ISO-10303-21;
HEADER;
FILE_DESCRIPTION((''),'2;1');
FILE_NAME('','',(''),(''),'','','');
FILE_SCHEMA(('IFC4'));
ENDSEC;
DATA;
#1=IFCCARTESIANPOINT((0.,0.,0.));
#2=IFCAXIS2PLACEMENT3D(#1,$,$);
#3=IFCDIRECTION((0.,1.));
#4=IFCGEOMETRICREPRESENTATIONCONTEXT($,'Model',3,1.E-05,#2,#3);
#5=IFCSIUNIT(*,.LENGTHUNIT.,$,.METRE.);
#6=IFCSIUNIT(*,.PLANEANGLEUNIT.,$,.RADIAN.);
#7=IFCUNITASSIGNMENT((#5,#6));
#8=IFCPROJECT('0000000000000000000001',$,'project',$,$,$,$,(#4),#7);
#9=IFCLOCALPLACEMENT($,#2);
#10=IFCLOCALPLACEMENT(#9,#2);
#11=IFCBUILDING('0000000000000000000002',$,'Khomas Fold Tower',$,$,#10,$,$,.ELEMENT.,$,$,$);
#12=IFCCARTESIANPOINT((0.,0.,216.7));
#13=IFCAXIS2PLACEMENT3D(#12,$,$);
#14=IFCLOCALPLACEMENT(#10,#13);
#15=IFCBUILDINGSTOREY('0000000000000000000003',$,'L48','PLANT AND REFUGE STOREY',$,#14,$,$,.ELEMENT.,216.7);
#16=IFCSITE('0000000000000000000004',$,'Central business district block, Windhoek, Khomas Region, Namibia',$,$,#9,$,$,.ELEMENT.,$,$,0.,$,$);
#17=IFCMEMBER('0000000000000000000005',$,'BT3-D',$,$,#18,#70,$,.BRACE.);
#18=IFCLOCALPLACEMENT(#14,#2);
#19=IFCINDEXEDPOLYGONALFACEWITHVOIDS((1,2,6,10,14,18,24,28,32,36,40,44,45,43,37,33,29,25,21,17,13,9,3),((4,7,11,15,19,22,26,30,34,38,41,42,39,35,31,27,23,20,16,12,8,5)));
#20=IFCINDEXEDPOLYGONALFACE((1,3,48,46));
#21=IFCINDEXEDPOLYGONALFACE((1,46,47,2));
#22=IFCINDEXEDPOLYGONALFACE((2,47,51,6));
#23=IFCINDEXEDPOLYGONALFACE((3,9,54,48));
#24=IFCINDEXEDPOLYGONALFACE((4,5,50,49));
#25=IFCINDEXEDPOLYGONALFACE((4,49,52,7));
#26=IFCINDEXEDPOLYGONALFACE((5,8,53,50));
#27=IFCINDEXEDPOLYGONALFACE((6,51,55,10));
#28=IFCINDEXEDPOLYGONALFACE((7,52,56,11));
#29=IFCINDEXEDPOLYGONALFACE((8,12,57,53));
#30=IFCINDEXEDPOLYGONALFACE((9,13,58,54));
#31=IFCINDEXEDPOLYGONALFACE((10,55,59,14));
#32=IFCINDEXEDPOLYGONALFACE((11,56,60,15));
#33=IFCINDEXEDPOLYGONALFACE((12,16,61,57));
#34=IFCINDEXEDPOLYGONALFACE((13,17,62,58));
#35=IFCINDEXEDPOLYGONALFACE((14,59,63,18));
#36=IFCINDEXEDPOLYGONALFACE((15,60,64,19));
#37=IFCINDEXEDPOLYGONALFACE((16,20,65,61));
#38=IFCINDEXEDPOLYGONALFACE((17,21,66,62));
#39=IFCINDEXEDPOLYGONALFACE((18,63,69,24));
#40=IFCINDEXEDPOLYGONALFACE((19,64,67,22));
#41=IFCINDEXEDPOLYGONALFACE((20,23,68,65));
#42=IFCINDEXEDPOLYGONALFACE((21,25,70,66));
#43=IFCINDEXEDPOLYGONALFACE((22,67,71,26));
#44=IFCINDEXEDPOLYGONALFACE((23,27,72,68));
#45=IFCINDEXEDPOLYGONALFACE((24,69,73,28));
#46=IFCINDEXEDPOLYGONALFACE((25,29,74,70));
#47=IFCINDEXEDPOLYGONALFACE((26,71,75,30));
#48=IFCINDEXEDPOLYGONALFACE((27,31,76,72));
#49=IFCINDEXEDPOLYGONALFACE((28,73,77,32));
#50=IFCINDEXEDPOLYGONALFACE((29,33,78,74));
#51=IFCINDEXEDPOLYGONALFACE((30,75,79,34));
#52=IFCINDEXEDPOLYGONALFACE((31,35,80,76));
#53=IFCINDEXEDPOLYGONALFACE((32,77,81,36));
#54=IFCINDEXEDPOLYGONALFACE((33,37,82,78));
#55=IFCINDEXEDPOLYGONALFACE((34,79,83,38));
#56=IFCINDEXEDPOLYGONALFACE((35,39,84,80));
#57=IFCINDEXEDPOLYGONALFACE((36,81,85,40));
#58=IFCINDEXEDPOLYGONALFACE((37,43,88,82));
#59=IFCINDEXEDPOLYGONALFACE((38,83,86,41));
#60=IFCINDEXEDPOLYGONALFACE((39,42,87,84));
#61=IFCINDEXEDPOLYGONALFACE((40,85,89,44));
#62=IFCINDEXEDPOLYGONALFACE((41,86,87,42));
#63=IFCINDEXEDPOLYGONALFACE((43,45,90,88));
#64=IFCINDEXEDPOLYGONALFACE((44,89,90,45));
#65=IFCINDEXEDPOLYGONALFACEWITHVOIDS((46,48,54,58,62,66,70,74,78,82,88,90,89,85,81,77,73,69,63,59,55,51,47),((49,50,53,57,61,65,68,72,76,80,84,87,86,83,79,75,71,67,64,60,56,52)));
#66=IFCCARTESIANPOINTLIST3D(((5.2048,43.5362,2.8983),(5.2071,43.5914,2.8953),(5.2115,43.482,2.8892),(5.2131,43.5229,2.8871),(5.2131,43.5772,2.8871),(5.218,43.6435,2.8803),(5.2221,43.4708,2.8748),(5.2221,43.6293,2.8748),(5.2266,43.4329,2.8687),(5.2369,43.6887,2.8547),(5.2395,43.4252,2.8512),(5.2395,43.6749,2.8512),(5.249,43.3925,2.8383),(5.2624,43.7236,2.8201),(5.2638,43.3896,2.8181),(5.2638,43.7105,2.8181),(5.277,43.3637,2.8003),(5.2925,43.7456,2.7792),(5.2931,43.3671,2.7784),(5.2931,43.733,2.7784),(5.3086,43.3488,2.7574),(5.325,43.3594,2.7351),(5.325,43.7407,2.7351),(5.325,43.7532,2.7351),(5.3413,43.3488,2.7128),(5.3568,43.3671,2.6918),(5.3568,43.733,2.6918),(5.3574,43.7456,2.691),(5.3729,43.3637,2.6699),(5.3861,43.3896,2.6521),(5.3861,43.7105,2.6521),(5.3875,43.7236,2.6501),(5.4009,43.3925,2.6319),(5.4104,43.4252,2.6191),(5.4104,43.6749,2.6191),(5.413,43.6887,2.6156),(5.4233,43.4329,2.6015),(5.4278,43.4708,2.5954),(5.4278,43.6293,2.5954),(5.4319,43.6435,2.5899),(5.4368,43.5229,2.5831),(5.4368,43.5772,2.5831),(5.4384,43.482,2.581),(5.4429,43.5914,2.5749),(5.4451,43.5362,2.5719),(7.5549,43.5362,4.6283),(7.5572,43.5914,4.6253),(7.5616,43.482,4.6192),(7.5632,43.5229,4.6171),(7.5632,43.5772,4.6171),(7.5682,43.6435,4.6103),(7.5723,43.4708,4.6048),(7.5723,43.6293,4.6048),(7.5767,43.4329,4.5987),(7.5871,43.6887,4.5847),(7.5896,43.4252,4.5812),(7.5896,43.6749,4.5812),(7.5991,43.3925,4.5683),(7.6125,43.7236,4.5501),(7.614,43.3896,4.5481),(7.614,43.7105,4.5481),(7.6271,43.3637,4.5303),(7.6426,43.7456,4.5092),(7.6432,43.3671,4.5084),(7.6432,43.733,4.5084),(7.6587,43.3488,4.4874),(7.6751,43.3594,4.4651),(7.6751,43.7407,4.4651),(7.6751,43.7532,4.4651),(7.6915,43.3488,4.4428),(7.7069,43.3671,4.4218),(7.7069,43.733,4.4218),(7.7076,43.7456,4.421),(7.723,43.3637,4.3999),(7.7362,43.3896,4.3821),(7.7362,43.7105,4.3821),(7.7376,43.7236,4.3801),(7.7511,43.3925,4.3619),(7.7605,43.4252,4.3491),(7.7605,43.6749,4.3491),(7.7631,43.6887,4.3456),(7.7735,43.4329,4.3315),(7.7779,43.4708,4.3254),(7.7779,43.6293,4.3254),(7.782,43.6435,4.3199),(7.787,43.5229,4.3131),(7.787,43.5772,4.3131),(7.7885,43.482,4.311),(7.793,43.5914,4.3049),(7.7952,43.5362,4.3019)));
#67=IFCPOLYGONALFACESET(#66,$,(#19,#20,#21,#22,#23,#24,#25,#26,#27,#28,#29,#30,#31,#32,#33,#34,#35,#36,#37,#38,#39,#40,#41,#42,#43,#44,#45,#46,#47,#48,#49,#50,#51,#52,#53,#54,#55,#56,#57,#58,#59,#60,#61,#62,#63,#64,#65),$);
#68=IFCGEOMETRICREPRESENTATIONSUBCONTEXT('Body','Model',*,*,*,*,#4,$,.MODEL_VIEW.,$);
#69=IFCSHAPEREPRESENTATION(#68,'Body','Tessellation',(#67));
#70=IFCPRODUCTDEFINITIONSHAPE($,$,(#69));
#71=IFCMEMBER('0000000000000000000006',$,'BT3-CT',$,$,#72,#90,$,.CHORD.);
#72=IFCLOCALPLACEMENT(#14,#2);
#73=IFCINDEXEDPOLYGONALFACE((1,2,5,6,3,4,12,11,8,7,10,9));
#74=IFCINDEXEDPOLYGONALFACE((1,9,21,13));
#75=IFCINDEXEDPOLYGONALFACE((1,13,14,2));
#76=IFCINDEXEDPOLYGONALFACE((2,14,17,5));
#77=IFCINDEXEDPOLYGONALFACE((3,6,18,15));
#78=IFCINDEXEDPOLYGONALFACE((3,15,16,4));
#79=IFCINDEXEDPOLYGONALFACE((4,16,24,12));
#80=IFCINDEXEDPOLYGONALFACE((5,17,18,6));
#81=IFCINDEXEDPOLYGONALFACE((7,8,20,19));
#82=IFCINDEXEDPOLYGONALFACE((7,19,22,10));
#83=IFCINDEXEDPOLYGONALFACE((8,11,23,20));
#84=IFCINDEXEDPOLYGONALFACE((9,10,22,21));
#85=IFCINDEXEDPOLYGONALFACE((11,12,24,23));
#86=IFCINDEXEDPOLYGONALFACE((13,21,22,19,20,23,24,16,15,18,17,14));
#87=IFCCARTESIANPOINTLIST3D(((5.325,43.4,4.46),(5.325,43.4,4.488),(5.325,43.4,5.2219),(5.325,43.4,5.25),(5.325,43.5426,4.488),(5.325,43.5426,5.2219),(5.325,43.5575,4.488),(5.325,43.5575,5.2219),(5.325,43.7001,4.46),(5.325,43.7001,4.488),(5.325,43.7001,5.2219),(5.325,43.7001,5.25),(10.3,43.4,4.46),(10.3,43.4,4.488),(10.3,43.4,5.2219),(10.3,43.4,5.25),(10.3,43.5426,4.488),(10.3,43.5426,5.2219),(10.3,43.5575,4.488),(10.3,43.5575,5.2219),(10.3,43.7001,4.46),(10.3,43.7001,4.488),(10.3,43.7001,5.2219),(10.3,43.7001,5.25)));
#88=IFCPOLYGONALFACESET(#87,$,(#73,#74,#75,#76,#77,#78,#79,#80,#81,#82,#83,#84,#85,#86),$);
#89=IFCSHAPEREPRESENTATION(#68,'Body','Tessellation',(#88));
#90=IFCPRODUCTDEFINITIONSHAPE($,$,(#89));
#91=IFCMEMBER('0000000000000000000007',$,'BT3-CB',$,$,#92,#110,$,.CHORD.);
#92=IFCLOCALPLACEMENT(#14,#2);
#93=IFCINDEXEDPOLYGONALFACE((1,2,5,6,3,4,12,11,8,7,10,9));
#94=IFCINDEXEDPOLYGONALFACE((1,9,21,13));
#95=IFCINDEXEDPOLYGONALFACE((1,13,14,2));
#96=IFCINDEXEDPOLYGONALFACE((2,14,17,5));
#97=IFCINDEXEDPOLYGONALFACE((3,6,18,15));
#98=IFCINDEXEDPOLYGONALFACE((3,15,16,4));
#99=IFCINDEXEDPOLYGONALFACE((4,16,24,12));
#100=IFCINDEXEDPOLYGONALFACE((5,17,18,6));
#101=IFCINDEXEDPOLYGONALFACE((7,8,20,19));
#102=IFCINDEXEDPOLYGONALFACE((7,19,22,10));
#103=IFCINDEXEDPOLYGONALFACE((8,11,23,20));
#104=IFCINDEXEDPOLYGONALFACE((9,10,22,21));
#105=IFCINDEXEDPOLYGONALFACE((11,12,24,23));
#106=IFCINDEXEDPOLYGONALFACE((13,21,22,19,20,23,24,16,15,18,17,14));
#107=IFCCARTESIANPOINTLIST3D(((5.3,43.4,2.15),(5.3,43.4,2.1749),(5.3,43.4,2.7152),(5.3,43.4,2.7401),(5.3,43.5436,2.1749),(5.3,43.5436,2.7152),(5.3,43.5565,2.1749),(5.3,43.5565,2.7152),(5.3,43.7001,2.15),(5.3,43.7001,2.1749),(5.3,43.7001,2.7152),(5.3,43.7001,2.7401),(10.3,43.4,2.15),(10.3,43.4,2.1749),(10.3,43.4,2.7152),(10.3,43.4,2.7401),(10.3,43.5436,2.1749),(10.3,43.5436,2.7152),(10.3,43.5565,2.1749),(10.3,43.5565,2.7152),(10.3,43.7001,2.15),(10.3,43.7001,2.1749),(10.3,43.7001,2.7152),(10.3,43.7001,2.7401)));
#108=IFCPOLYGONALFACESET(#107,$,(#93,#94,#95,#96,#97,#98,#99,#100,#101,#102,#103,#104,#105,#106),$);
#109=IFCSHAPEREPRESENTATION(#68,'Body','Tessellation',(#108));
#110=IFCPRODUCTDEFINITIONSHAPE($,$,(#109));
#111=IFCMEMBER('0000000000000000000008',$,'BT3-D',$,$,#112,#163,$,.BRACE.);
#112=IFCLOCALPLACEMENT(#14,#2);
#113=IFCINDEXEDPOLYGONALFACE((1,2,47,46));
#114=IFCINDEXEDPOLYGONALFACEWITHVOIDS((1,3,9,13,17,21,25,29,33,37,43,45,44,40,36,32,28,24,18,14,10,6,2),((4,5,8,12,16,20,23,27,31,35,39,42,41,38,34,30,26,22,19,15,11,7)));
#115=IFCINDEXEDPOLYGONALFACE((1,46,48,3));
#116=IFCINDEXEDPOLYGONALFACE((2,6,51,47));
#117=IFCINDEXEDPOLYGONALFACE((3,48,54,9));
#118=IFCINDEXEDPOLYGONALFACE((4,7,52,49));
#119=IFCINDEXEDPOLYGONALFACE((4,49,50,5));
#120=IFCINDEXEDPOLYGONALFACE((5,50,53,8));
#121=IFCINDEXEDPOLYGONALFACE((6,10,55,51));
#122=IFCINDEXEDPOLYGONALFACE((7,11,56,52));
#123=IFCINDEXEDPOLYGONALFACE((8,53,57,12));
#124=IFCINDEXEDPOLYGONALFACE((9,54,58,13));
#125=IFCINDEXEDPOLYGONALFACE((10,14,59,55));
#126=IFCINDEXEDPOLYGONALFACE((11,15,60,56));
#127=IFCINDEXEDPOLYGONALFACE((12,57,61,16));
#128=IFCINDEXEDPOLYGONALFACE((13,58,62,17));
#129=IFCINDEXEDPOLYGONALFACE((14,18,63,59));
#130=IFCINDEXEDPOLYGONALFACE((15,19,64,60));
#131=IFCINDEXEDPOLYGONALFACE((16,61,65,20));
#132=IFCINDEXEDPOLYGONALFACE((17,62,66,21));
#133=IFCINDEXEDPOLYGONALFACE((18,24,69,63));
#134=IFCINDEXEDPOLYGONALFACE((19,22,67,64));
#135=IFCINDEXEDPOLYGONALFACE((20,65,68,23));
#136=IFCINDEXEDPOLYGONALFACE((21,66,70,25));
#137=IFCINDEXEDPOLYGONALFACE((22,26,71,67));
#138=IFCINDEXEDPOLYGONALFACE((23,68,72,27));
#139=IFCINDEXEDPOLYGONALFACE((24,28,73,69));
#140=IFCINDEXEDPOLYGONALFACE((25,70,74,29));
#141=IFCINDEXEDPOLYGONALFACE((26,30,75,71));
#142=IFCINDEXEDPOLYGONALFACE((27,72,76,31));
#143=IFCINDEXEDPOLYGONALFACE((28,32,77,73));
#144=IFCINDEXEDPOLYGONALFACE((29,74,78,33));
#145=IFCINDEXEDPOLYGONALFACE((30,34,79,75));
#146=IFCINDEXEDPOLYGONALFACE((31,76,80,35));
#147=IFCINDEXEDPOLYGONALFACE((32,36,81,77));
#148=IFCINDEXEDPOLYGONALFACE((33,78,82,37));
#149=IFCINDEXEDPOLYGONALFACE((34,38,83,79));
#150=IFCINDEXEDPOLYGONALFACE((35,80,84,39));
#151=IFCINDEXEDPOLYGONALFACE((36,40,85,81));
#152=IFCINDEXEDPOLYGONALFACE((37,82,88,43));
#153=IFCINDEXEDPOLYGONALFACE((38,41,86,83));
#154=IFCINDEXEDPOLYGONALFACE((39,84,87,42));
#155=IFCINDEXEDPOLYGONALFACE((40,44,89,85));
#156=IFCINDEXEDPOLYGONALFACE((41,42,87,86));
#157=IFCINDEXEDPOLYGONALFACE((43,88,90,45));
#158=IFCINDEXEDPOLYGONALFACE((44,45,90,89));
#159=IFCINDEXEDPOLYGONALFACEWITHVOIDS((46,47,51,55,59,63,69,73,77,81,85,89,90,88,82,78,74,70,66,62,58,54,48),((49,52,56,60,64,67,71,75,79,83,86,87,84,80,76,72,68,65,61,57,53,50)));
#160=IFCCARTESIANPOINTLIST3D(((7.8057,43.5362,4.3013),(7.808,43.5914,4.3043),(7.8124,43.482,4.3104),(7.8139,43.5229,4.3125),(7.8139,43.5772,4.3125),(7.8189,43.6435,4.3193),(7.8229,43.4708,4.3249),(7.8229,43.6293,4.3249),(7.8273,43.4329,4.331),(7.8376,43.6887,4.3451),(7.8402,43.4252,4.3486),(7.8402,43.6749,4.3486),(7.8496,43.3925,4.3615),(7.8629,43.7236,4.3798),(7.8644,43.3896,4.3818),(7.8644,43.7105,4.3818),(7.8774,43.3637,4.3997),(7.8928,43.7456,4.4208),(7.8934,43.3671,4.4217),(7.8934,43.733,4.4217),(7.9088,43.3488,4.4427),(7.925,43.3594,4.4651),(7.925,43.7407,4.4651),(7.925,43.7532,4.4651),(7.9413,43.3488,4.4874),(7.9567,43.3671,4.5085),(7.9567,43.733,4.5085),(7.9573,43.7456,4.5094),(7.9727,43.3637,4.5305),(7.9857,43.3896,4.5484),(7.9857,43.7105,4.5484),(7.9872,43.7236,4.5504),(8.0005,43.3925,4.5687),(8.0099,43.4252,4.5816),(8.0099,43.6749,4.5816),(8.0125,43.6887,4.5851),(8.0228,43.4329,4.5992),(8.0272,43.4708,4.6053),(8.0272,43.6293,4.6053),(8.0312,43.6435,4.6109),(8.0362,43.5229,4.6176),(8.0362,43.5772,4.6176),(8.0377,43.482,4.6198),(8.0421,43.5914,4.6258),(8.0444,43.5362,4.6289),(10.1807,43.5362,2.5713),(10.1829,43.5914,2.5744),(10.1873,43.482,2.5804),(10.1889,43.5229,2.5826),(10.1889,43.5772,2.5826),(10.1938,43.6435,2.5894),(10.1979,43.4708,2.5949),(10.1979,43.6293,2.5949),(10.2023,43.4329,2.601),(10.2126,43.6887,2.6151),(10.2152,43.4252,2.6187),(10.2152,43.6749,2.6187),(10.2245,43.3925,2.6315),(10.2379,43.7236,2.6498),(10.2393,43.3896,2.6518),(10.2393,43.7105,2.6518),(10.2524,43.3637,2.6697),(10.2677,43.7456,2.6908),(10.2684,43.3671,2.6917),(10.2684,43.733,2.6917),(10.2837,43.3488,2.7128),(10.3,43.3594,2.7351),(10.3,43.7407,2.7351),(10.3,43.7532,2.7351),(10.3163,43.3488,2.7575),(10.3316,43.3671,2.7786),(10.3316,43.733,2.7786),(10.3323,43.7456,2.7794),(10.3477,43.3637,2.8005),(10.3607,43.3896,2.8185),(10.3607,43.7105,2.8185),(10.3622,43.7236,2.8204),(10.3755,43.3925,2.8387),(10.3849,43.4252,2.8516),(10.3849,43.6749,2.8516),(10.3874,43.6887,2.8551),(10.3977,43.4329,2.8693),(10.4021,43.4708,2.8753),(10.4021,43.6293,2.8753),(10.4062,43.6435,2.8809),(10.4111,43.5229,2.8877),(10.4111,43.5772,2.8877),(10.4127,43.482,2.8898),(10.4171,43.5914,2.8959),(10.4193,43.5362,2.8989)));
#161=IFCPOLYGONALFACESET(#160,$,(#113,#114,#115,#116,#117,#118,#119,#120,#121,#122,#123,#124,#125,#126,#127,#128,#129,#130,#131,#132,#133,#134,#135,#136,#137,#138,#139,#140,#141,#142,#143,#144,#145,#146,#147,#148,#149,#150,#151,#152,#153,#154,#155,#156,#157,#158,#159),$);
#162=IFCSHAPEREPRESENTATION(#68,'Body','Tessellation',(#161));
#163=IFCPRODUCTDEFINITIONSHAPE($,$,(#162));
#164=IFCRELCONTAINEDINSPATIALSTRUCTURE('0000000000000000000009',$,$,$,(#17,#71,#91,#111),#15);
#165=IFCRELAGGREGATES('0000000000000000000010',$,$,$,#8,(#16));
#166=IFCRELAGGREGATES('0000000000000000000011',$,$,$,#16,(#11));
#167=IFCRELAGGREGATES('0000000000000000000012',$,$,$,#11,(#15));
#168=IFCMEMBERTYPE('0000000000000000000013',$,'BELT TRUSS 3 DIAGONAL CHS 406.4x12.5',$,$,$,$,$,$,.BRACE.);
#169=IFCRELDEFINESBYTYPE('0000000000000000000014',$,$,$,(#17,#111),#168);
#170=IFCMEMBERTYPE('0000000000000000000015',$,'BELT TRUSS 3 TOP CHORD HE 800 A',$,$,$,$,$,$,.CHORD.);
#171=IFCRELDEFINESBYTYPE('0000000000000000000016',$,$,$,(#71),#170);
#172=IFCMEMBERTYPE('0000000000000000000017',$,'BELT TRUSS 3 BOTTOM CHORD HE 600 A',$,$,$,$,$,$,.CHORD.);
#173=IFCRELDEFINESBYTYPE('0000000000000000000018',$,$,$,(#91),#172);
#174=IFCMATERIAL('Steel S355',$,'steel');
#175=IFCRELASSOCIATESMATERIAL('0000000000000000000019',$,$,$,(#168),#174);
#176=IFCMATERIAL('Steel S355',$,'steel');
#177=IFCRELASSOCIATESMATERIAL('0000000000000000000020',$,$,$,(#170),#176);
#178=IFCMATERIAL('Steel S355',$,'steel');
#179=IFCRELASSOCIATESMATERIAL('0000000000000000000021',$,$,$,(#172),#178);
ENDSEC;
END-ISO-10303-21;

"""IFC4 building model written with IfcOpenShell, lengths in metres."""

from ifc_helpers import new_model, si_unit, direction, frame, origin, origin_2d, place, context, subcontext, project, spatial, hollow_circle, i_section, extrude, source, transform, mapped, material, material_profile, profile_set, type_object, element, save


model = new_model("IFC4")

# Units and contexts
model_context = context("Model", 3, precision=1e-05, world=origin(), true_north=direction((0.0, 1.0)))
body_context = subcontext(model_context, "Body", "Model", "MODEL_VIEW")
ifc_project = project(units=[si_unit("LENGTHUNIT", "METRE"), si_unit("PLANEANGLEUNIT", "RADIAN")], contexts=[model_context])

# Site, building, storey
site_placement = place(None, origin())
site = spatial("IfcSite", under=ifc_project, at=site_placement, Name="Central business district block, Windhoek, Khomas Region, Namibia", CompositionType="ELEMENT", RefElevation=0.0)
building_placement = place(site_placement, origin())
building = spatial("IfcBuilding", under=site, at=building_placement, Name="Khomas Fold Tower", CompositionType="ELEMENT")
storey_placement = place(building_placement, frame((0.0, 0.0, 216.7)))
storey = spatial("IfcBuildingStorey", under=building, at=storey_placement, Name="L48", Description="PLANT AND REFUGE STOREY", CompositionType="ELEMENT", Elevation=216.7)

# Members
ifc_material_1 = material(Name="Steel S355", Category="steel")
ifc_material_profile_1 = material_profile(ifc_material_1, hollow_circle(Radius=0.2031, WallThickness=0.0125, at=origin_2d()), Name="CHS 406.4x12.5")
ifc_profile_set_1 = profile_set([ifc_material_profile_1], Name="Steel S355")
member_type_1 = type_object("IfcMemberType", Name="BELT TRUSS 3 DIAGONAL CHS 406.4x12.5", PredefinedType="BRACE", material=ifc_profile_set_1)
shared_shape_1 = source(origin(), body_context, "Body", "SweptSolid", [
    extrude(hollow_circle(Radius=0.2031, WallThickness=0.0125, at=origin_2d()), origin(), (0.0, 0.0, 1.0), 2.9182),
])
member_1_placement = place(storey_placement, frame((5.325, 43.55, 2.7351), z_axis=(0.805329, 0.0, 0.592828), x_axis=(0.0, 1.0, 0.0)))
element("IfcMember", 1, at=member_1_placement, inside=storey, type_object=member_type_1, Name="BT3-D", PredefinedType="BRACE", context=body_context, shape_type="MappedRepresentation", body=[
    mapped(shared_shape_1, transform((0.0, 0.0, 0.0))),
])
ifc_material_2 = material(Name="Steel S355", Category="steel")
ifc_material_profile_2 = material_profile(ifc_material_2, i_section(OverallWidth=0.3, OverallDepth=0.79, WebThickness=0.0149, FlangeThickness=0.0281, at=origin_2d()), Name="HE 800 A")
ifc_profile_set_2 = profile_set([ifc_material_profile_2], Name="Steel S355")
member_type_2 = type_object("IfcMemberType", Name="BELT TRUSS 3 TOP CHORD HE 800 A", PredefinedType="CHORD", material=ifc_profile_set_2)
shared_shape_2 = source(origin(), body_context, "Body", "SweptSolid", [
    extrude(i_section(OverallWidth=0.3, OverallDepth=0.79, WebThickness=0.0149, FlangeThickness=0.0281, at=origin_2d()), origin(), (0.0, 0.0, 1.0), 4.9751),
])
member_2_placement = place(storey_placement, frame((5.325, 43.55, 4.855), z_axis=(1.0, 0.0, 0.0), x_axis=(0.0, 1.0, 0.0)))
element("IfcMember", 2, at=member_2_placement, inside=storey, type_object=member_type_2, Name="BT3-CT", PredefinedType="CHORD", context=body_context, shape_type="MappedRepresentation", body=[
    mapped(shared_shape_2, transform((0.0, 0.0, 0.0))),
])
ifc_material_3 = material(Name="Steel S355", Category="steel")
ifc_material_profile_3 = material_profile(ifc_material_3, i_section(OverallWidth=0.3, OverallDepth=0.5901, WebThickness=0.0129, FlangeThickness=0.0249, at=origin_2d()), Name="HE 600 A")
ifc_profile_set_3 = profile_set([ifc_material_profile_3], Name="Steel S355")
member_type_3 = type_object("IfcMemberType", Name="BELT TRUSS 3 BOTTOM CHORD HE 600 A", PredefinedType="CHORD", material=ifc_profile_set_3)
shared_shape_3 = source(origin(), body_context, "Body", "SweptSolid", [
    extrude(i_section(OverallWidth=0.3, OverallDepth=0.5901, WebThickness=0.0129, FlangeThickness=0.0249, at=origin_2d()), origin(), (0.0, 0.0, 1.0), 5.0),
])
member_3_placement = place(storey_placement, frame((5.3, 43.55, 2.4451), z_axis=(1.0, 0.0, 0.0), x_axis=(0.0, 1.0, 0.0)))
element("IfcMember", 3, at=member_3_placement, inside=storey, type_object=member_type_3, Name="BT3-CB", PredefinedType="CHORD", context=body_context, shape_type="MappedRepresentation", body=[
    mapped(shared_shape_3, transform((0.0, 0.0, 0.0))),
])
shared_shape_4 = source(origin(), body_context, "Body", "SweptSolid", [
    extrude(hollow_circle(Radius=0.2031, WallThickness=0.0125, at=origin_2d()), origin(), (0.0, 0.0, 1.0), 2.9382),
])
member_4_placement = place(storey_placement, frame((7.925, 43.55, 4.4651), z_axis=(0.808298, 0.0, -0.588774), x_axis=(0.0, 1.0, 0.0)))
element("IfcMember", 4, at=member_4_placement, inside=storey, type_object=member_type_1, Name="BT3-D", PredefinedType="BRACE", context=body_context, shape_type="MappedRepresentation", body=[
    mapped(shared_shape_4, transform((0.0, 0.0, 0.0))),
])

save(model, "model.ifc")
